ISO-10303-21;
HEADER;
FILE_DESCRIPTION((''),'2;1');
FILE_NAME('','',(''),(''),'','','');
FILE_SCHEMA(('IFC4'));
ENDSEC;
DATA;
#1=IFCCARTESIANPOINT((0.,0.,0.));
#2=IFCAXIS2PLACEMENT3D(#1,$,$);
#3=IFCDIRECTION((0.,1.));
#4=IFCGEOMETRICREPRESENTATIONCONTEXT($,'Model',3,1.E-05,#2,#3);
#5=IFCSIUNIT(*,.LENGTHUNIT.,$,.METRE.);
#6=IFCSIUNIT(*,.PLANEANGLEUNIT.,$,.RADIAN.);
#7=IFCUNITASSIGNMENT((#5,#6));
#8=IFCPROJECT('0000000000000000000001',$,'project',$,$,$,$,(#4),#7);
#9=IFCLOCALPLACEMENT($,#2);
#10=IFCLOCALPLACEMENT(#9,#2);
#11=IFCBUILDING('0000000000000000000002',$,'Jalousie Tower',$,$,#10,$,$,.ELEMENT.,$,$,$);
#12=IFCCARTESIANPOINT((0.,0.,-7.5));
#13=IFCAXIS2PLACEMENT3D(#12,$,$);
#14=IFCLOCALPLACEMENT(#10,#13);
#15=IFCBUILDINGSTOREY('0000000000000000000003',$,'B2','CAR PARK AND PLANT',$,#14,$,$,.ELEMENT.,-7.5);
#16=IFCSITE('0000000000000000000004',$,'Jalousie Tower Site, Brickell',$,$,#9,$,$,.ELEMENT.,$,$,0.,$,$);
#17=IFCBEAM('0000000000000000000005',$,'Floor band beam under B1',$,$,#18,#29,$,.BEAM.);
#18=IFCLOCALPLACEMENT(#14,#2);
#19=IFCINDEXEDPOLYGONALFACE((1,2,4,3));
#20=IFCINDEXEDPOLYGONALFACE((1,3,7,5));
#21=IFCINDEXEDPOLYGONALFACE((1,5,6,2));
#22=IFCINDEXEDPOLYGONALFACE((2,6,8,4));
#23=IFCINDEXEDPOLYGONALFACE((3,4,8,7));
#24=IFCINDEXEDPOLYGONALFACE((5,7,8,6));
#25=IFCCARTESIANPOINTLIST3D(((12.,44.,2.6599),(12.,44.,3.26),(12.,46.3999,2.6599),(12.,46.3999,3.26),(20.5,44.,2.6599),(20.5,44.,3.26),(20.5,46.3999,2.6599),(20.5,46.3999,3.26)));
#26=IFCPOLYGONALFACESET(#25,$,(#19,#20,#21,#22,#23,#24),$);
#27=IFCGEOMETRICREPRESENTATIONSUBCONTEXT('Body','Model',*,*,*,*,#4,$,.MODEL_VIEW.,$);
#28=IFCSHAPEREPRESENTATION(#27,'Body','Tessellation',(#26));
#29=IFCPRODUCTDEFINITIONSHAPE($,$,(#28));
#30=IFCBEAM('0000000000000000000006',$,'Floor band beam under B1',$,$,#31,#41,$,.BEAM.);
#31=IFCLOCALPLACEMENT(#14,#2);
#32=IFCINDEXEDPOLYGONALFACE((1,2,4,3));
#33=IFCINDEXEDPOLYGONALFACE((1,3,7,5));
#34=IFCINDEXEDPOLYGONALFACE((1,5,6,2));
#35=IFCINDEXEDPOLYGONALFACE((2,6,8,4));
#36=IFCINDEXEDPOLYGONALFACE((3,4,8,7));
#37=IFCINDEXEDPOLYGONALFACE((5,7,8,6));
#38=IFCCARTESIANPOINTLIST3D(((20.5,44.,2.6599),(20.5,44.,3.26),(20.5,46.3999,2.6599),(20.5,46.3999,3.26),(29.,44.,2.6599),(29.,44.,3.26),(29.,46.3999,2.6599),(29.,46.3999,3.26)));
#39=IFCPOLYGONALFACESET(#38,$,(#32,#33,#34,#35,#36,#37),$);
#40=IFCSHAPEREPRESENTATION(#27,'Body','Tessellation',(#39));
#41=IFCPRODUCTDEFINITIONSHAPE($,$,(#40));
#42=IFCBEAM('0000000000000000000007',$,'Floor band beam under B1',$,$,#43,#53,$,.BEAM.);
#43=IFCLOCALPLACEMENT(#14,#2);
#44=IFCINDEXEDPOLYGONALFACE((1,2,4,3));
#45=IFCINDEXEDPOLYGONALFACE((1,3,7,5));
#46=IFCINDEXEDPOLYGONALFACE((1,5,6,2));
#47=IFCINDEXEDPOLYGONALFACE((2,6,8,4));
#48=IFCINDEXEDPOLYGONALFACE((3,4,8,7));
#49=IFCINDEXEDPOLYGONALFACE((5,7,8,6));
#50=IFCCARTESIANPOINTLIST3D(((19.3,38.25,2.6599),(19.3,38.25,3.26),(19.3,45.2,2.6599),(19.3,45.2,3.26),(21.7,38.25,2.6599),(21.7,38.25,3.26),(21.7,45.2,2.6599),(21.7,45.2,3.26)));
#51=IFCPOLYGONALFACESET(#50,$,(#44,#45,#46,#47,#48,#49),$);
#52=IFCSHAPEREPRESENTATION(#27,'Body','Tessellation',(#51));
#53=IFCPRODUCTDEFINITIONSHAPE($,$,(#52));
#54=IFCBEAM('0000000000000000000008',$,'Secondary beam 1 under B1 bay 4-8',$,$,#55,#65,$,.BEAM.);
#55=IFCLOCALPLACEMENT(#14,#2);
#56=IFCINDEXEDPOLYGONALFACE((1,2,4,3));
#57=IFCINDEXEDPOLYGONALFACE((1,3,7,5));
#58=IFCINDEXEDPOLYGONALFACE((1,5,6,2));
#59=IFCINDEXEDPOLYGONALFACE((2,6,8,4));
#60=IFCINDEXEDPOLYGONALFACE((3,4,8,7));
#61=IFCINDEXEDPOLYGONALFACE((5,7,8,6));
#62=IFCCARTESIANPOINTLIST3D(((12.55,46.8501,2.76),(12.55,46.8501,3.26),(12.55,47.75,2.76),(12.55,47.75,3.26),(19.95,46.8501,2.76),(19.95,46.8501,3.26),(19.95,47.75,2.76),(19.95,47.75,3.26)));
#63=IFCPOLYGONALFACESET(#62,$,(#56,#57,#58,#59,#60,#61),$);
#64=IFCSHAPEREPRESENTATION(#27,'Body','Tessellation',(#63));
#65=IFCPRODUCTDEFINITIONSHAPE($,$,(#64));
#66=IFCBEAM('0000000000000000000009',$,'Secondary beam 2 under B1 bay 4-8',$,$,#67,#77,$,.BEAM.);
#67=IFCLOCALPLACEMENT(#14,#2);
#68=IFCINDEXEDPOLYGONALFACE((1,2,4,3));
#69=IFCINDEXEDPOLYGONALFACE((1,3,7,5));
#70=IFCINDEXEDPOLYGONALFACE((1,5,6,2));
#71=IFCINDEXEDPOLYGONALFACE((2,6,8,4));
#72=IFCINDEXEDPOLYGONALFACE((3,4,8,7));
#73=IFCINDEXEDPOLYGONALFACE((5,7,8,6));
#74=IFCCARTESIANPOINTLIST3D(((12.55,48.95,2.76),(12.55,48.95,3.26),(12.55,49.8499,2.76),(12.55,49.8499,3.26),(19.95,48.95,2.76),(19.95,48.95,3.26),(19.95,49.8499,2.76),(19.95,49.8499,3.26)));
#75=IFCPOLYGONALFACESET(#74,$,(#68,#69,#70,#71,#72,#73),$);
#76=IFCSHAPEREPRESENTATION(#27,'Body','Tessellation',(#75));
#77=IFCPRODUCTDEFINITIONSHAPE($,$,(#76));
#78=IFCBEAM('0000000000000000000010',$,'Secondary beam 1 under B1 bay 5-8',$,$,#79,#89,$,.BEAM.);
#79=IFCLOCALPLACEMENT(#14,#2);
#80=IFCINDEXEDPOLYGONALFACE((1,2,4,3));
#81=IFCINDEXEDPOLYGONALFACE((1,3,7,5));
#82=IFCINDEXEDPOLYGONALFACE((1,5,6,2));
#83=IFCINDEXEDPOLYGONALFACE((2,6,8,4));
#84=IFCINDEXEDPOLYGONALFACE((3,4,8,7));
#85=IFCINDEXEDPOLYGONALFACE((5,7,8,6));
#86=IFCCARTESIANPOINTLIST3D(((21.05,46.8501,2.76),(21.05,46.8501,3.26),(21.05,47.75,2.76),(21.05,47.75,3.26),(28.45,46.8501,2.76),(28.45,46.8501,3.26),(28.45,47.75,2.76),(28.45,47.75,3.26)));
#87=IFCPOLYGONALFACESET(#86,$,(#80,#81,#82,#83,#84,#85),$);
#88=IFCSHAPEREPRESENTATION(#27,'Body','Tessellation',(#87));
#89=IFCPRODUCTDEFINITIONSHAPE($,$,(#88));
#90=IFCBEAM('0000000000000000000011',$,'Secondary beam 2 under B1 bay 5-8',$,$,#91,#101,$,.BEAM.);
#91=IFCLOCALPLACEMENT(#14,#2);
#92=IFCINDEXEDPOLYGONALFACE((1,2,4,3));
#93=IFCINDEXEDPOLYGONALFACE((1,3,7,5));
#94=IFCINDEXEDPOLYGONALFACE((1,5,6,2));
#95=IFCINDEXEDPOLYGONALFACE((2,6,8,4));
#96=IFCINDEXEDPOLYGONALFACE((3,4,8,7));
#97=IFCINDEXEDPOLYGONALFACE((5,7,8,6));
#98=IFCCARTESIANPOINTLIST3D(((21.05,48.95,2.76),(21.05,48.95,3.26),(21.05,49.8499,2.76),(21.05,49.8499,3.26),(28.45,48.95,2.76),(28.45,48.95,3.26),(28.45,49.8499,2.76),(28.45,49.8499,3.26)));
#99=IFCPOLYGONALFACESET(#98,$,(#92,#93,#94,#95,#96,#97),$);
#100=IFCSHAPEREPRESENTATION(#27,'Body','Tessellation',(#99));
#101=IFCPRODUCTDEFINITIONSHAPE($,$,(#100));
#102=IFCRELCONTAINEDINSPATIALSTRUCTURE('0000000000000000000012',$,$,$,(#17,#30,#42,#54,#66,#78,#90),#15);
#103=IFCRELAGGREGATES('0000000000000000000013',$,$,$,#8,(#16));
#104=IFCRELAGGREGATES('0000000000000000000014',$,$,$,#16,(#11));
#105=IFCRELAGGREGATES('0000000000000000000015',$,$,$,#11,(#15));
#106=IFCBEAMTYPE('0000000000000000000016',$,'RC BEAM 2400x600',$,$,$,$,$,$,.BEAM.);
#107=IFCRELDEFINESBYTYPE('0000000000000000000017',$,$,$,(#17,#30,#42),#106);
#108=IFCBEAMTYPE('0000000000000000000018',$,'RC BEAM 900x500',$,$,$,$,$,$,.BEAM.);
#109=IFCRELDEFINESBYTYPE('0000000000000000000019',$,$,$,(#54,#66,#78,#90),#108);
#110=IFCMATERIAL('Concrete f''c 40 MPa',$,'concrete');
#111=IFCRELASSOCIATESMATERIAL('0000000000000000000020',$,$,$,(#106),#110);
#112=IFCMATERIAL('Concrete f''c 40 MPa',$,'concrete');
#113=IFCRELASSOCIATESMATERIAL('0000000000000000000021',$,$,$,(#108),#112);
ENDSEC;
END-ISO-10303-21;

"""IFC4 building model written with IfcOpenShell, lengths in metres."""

from ifc_helpers import new_model, si_unit, direction, frame, origin, origin_2d, place, context, subcontext, project, spatial, rectangle, extrude, material, material_profile, profile_set, type_object, element, save


model = new_model("IFC4")

# Units and contexts
model_context = context("Model", 3, precision=1e-05, world=origin(), true_north=direction((0.0, 1.0)))
body_context = subcontext(model_context, "Body", "Model", "MODEL_VIEW")
ifc_project = project(units=[si_unit("LENGTHUNIT", "METRE"), si_unit("PLANEANGLEUNIT", "RADIAN")], contexts=[model_context])

# Site, building, storey
site_placement = place(None, origin())
site = spatial("IfcSite", under=ifc_project, at=site_placement, Name="Jalousie Tower Site, Brickell", CompositionType="ELEMENT", RefElevation=0.0)
building_placement = place(site_placement, origin())
building = spatial("IfcBuilding", under=site, at=building_placement, Name="Jalousie Tower", CompositionType="ELEMENT")
storey_placement = place(building_placement, frame((0.0, 0.0, -7.5)))
storey = spatial("IfcBuildingStorey", under=building, at=storey_placement, Name="B2", Description="CAR PARK AND PLANT", CompositionType="ELEMENT", Elevation=-7.5)

# Beams
ifc_material_1 = material(Name="Concrete f'c 40 MPa", Category="concrete")
ifc_material_profile_1 = material_profile(ifc_material_1, rectangle(XDim=2.3999, YDim=0.6001, at=origin_2d()), Name="RC 2400x600")
ifc_profile_set_1 = profile_set([ifc_material_profile_1], Name="Concrete f'c 40 MPa")
beam_type_1 = type_object("IfcBeamType", Name="RC BEAM 2400x600", PredefinedType="BEAM", material=ifc_profile_set_1)
for number, where, z_axis, x_axis, name in (
    (1, (12.0, 45.2, 2.96), (1.0, 0.0, 0.0), (0.0, 1.0, 0.0), "Floor band beam under B1"),
    (2, (20.5, 45.2, 2.96), (1.0, 0.0, 0.0), (0.0, 1.0, 0.0), "Floor band beam under B1"),
):
    element("IfcBeam", number, at=place(storey_placement, frame(where, z_axis=z_axis, x_axis=x_axis)), inside=storey, type_object=beam_type_1, Name=name, PredefinedType="BEAM", context=body_context, shape_type="SweptSolid", body=[
        extrude(rectangle(XDim=2.3999, YDim=0.6001, at=origin_2d()), origin(), (0.0, 0.0, 1.0), 8.5),
    ])
beam_placement = place(storey_placement, frame((20.5, 45.2, 2.96), z_axis=(0.0, -1.0, 0.0), x_axis=(1.0, 0.0, 0.0)))
element("IfcBeam", 3, at=beam_placement, inside=storey, type_object=beam_type_1, Name="Floor band beam under B1", PredefinedType="BEAM", context=body_context, shape_type="SweptSolid", body=[
    extrude(rectangle(XDim=2.3999, YDim=0.6001, at=origin_2d()), origin(), (0.0, 0.0, 1.0), 6.95),
])
ifc_material_2 = material(Name="Concrete f'c 40 MPa", Category="concrete")
ifc_material_profile_2 = material_profile(ifc_material_2, rectangle(XDim=0.8999, YDim=0.5, at=origin_2d()), Name="RC 900x500")
ifc_profile_set_2 = profile_set([ifc_material_profile_2], Name="Concrete f'c 40 MPa")
beam_type_2 = type_object("IfcBeamType", Name="RC BEAM 900x500", PredefinedType="BEAM", material=ifc_profile_set_2)
for number, where, z_axis, x_axis, name in (
    (4, (12.55, 47.3, 3.01), (1.0, 0.0, 0.0), (0.0, 1.0, 0.0), "Secondary beam 1 under B1 bay 4-8"),
    (5, (12.55, 49.3999, 3.01), (1.0, 0.0, 0.0), (0.0, 1.0, 0.0), "Secondary beam 2 under B1 bay 4-8"),
    (6, (21.05, 47.3, 3.01), (1.0, 0.0, 0.0), (0.0, 1.0, 0.0), "Secondary beam 1 under B1 bay 5-8"),
    (7, (21.05, 49.3999, 3.01), (1.0, 0.0, 0.0), (0.0, 1.0, 0.0), "Secondary beam 2 under B1 bay 5-8"),
):
    element("IfcBeam", number, at=place(storey_placement, frame(where, z_axis=z_axis, x_axis=x_axis)), inside=storey, type_object=beam_type_2, Name=name, PredefinedType="BEAM", context=body_context, shape_type="SweptSolid", body=[
        extrude(rectangle(XDim=0.8999, YDim=0.5, at=origin_2d()), origin(), (0.0, 0.0, 1.0), 7.3999),
    ])

save(model, "model.ifc")
